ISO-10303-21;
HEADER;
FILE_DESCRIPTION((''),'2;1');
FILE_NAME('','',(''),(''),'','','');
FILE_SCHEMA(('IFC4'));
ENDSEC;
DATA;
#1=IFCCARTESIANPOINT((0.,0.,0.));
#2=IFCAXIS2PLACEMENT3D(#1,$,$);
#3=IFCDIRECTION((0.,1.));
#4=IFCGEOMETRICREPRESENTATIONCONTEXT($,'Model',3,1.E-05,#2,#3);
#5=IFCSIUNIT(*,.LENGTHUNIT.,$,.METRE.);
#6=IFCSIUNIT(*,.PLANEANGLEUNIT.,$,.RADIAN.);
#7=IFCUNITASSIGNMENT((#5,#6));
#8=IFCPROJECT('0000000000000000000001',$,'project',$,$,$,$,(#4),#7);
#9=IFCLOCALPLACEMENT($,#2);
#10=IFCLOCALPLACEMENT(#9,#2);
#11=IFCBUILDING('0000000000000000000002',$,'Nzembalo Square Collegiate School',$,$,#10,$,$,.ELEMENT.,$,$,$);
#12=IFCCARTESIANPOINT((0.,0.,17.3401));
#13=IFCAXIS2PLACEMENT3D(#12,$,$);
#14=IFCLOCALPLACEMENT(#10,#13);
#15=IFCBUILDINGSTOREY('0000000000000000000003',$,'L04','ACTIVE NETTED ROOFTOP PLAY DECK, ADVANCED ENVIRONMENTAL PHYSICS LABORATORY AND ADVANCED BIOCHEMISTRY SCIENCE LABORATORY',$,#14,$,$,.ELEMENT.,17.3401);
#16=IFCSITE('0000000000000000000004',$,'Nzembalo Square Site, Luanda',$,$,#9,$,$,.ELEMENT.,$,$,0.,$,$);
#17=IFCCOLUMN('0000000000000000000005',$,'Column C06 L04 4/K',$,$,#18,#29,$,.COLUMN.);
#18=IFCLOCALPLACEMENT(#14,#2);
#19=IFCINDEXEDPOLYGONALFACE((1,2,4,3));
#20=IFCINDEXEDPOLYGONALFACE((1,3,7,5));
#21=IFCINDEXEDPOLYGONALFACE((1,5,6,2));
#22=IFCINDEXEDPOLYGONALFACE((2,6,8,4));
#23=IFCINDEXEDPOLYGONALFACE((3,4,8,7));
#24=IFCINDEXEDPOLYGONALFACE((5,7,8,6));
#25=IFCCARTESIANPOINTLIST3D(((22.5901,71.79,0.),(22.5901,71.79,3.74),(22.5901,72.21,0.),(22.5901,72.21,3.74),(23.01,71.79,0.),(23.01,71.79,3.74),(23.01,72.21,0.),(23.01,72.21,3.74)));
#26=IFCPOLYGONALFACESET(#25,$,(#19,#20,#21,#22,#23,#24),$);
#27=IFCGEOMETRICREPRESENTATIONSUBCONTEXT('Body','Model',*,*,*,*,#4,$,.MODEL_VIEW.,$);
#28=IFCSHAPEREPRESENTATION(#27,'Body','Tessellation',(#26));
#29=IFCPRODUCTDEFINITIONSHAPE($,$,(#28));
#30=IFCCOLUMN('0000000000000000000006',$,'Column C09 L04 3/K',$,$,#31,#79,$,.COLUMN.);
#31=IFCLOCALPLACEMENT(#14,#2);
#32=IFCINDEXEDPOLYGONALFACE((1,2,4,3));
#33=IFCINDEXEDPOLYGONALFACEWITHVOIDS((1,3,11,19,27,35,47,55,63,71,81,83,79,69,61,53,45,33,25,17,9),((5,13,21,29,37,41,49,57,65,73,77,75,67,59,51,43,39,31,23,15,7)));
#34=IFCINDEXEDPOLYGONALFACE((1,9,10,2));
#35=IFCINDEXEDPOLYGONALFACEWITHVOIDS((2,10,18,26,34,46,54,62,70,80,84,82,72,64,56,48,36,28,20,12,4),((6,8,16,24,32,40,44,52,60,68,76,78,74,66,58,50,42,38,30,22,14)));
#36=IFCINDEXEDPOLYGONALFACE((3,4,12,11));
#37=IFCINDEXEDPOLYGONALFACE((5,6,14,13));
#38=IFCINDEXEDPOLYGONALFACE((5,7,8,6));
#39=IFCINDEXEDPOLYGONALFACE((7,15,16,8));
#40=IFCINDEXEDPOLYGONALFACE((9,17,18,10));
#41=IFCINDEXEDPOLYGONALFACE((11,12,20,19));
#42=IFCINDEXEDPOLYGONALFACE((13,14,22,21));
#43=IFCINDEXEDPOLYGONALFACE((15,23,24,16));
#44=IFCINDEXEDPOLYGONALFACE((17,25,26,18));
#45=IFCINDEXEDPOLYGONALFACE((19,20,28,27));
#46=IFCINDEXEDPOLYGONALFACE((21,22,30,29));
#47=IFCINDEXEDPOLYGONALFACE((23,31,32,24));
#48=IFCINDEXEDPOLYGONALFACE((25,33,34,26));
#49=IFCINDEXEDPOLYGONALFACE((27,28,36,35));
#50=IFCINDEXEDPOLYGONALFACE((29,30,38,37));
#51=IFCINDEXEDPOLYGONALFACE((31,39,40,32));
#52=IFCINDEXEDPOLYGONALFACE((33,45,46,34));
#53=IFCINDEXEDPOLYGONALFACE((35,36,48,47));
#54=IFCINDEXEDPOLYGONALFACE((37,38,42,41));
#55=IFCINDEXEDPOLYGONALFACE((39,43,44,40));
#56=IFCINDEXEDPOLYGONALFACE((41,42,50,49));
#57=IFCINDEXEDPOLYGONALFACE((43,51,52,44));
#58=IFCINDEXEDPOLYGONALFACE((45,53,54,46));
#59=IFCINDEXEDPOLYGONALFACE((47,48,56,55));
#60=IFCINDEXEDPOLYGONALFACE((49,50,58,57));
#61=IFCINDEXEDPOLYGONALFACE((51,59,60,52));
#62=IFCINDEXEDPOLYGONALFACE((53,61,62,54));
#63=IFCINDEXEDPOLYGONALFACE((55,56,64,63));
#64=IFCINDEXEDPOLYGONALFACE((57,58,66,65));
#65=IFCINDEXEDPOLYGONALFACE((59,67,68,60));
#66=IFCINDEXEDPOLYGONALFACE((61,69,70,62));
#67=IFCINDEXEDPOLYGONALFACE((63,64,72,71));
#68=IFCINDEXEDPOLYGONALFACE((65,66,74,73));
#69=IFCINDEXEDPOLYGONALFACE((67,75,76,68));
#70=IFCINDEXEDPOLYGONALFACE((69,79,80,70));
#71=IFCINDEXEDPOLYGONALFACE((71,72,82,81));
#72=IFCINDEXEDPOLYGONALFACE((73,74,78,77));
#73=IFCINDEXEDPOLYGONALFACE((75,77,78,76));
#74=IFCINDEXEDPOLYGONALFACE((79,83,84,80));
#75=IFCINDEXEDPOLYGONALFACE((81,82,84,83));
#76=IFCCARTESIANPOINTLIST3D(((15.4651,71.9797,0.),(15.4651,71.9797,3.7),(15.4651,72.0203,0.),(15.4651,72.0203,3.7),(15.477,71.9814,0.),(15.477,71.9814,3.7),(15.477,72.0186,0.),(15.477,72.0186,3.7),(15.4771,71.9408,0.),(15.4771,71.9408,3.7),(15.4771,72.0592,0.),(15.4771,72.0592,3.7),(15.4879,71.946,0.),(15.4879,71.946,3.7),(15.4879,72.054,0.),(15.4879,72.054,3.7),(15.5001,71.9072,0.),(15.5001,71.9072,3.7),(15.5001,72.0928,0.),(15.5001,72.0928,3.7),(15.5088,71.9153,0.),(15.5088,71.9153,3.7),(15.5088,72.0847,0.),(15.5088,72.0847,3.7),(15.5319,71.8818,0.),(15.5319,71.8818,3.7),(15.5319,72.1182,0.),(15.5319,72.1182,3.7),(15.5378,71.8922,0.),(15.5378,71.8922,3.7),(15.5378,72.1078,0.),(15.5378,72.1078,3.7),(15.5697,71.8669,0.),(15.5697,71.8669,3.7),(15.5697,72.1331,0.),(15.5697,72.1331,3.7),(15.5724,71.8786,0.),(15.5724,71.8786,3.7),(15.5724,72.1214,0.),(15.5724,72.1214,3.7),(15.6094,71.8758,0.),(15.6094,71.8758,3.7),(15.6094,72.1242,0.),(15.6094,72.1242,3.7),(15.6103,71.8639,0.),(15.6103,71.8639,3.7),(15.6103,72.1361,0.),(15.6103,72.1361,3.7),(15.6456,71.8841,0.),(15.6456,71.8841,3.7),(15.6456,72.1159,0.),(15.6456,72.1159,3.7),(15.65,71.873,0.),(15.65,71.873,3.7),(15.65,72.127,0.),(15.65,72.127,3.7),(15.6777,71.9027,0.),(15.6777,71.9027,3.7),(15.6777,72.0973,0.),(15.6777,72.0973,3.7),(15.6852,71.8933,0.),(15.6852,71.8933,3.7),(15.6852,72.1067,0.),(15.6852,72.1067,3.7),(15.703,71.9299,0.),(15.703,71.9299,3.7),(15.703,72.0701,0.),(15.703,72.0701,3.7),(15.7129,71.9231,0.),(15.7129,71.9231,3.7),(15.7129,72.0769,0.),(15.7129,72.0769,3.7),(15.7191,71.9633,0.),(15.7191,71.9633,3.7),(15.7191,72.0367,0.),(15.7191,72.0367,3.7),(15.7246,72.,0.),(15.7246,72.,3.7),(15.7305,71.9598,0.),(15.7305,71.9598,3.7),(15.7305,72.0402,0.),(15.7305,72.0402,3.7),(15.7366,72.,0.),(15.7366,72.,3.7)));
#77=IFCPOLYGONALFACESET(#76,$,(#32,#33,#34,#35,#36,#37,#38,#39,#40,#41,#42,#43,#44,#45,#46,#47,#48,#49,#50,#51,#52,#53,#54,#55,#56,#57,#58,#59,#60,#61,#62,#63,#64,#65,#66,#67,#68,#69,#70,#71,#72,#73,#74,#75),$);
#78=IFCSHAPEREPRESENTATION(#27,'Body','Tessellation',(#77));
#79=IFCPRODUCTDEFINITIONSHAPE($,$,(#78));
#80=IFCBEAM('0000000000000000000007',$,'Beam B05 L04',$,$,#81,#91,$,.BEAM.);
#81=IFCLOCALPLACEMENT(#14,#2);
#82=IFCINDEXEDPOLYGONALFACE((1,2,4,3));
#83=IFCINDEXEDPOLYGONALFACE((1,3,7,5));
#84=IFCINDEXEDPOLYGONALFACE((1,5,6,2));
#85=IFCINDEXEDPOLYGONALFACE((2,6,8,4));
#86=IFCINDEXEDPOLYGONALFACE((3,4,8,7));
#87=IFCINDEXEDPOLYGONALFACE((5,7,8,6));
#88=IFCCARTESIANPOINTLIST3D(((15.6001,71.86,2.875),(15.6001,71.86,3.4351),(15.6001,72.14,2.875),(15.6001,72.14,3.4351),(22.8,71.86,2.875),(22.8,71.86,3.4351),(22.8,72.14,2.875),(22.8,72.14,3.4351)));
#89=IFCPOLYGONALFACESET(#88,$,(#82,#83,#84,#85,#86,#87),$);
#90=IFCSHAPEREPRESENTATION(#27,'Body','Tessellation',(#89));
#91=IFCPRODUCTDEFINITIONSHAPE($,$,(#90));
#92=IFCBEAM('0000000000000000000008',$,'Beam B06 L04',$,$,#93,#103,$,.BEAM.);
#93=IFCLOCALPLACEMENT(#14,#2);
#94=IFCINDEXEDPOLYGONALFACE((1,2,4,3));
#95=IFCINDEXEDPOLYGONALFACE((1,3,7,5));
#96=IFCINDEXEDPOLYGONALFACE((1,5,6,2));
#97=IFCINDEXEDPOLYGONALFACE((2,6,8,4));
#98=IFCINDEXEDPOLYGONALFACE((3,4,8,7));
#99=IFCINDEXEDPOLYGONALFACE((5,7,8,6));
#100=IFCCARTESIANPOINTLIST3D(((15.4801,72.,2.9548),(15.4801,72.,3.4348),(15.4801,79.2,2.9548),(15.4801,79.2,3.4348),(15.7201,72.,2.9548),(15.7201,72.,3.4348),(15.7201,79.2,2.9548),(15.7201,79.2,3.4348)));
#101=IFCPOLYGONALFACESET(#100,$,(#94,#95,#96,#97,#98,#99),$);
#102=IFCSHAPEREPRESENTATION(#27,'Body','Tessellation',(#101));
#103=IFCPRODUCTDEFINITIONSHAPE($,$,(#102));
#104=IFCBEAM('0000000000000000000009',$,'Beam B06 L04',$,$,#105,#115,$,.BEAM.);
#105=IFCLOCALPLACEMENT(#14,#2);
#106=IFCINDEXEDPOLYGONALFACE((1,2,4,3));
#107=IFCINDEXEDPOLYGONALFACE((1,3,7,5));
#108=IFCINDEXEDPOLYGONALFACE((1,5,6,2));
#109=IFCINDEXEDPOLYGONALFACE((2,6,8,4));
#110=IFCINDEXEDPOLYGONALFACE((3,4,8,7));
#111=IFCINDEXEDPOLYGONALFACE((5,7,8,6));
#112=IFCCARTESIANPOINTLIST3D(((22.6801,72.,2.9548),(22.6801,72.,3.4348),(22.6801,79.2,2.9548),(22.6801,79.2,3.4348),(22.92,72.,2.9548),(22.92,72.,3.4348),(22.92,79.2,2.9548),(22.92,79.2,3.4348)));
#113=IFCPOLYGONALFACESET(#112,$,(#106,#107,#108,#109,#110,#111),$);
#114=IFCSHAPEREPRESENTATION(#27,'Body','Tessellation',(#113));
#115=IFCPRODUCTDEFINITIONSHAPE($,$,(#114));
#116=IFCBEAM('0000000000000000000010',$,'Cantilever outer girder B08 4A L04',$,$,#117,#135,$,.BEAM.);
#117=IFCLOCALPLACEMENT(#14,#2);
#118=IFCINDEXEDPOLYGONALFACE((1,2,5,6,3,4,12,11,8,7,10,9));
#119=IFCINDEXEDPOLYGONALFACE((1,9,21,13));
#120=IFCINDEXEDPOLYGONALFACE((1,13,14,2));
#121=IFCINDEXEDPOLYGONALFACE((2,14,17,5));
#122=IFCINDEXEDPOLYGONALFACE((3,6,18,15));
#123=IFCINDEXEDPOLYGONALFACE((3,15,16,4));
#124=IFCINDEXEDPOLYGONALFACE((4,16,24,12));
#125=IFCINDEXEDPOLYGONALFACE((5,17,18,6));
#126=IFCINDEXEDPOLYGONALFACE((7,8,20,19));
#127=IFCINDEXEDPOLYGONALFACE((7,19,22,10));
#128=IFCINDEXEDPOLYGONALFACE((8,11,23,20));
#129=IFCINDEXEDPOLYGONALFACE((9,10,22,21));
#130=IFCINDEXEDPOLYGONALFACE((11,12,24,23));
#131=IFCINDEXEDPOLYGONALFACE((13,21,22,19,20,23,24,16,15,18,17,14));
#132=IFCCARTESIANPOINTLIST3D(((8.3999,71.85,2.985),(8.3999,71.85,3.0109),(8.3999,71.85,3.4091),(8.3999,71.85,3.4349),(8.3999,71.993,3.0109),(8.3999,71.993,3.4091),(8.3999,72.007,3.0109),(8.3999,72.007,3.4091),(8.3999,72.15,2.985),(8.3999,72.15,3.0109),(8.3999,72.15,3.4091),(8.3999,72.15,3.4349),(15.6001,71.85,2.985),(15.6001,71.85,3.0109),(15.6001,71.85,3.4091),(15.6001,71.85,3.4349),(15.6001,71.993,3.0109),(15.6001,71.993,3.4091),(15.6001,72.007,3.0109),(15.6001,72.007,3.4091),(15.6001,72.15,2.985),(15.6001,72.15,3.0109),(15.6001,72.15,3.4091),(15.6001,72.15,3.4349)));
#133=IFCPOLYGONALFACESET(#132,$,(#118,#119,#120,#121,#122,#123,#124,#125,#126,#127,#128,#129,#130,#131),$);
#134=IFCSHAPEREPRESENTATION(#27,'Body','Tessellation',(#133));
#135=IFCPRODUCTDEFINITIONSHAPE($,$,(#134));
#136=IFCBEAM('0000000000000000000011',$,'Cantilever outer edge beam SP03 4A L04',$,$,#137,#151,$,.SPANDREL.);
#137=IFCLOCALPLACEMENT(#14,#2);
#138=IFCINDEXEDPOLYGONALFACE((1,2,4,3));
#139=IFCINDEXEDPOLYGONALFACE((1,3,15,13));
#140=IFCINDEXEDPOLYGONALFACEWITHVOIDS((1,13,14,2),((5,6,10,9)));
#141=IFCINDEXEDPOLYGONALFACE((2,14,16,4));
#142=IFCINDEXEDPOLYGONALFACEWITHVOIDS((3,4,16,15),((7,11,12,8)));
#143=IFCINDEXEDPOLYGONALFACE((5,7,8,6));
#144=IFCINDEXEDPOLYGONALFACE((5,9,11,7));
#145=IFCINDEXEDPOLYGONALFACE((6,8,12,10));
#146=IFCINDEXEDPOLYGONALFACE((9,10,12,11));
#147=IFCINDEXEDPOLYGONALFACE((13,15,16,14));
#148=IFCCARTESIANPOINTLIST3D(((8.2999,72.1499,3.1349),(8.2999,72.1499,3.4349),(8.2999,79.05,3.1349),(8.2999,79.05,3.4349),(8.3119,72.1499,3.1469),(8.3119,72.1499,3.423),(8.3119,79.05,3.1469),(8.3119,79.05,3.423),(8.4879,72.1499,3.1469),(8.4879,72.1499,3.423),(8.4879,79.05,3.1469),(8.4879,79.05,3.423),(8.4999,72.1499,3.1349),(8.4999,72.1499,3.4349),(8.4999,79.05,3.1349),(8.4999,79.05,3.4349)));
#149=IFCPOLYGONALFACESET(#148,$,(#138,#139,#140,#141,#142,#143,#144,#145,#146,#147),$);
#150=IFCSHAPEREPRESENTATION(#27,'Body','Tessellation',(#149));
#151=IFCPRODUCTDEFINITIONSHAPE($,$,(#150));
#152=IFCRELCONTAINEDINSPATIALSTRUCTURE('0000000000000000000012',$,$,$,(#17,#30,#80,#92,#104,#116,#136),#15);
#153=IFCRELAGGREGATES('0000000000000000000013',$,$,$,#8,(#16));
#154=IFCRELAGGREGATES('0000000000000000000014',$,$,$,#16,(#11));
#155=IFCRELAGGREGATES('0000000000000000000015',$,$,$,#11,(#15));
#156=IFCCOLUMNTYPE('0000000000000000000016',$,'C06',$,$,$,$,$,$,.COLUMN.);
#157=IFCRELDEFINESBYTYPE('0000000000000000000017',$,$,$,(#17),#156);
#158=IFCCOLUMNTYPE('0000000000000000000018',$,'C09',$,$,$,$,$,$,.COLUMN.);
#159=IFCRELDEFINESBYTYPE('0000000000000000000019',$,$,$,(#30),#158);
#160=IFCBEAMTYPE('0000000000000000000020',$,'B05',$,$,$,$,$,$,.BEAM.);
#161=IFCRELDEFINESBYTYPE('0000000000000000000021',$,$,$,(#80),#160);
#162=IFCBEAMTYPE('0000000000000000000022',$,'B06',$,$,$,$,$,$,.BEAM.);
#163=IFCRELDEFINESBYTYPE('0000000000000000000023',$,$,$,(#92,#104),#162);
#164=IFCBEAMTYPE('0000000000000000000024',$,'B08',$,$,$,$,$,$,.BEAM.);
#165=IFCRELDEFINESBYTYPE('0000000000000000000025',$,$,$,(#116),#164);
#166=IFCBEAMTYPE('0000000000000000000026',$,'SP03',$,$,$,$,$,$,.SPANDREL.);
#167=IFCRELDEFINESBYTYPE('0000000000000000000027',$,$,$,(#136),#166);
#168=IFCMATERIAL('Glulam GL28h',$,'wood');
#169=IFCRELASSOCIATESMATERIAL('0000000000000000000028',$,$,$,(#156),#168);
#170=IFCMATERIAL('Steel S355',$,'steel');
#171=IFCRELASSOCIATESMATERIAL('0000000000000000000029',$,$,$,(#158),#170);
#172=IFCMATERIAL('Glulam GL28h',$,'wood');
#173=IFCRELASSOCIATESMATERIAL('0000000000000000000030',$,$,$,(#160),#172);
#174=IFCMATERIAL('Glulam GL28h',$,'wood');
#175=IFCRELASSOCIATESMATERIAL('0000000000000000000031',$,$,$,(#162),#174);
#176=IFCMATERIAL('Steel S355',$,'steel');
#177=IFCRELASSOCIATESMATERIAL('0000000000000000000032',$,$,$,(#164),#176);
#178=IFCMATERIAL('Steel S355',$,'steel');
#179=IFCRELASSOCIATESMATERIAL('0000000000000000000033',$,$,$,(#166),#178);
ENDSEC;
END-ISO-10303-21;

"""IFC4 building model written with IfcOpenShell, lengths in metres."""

from ifc_helpers import new_model, si_unit, direction, frame, origin, origin_2d, place, context, subcontext, project, spatial, rectangle, hollow_rectangle, hollow_circle, i_section, extrude, material, material_profile, profile_set, type_object, element, save


model = new_model("IFC4")

# Units and contexts
model_context = context("Model", 3, precision=1e-05, world=origin(), true_north=direction((0.0, 1.0)))
body_context = subcontext(model_context, "Body", "Model", "MODEL_VIEW")
ifc_project = project(units=[si_unit("LENGTHUNIT", "METRE"), si_unit("PLANEANGLEUNIT", "RADIAN")], contexts=[model_context])

# Site, building, storey
site_placement = place(None, origin())
site = spatial("IfcSite", under=ifc_project, at=site_placement, Name="Nzembalo Square Site, Luanda", CompositionType="ELEMENT", RefElevation=0.0)
building_placement = place(site_placement, origin())
building = spatial("IfcBuilding", under=site, at=building_placement, Name="Nzembalo Square Collegiate School", CompositionType="ELEMENT")
storey_placement = place(building_placement, frame((0.0, 0.0, 17.3401)))
storey = spatial("IfcBuildingStorey", under=building, at=storey_placement, Name="L04", Description="ACTIVE NETTED ROOFTOP PLAY DECK, ADVANCED ENVIRONMENTAL PHYSICS LABORATORY AND ADVANCED BIOCHEMISTRY SCIENCE LABORATORY", CompositionType="ELEMENT", Elevation=17.3401)

# Columns
ifc_material_1 = material(Name="Glulam GL28h", Category="wood")
ifc_material_profile_1 = material_profile(ifc_material_1, rectangle(XDim=0.4199, YDim=0.4199, at=origin_2d()), Name="GL28h 420x420")
ifc_profile_set_1 = profile_set([ifc_material_profile_1], Name="Glulam GL28h")
column_type_1 = type_object("IfcColumnType", Name="C06", PredefinedType="COLUMN", material=ifc_profile_set_1)
column_1_placement = place(storey_placement, frame((22.8, 72.0, 0.0), z_axis=(0.0, 0.0, 1.0), x_axis=(1.0, 0.0, 0.0)))
element("IfcColumn", 1, at=column_1_placement, inside=storey, type_object=column_type_1, Name="Column C06 L04 4/K", PredefinedType="COLUMN", context=body_context, shape_type="SweptSolid", body=[
    extrude(rectangle(XDim=0.4199, YDim=0.4199, at=origin_2d()), origin(), (0.0, 0.0, 1.0), 3.74),
])
ifc_material_2 = material(Name="Steel S355", Category="steel")
ifc_material_profile_2 = material_profile(ifc_material_2, hollow_circle(Radius=0.1365, WallThickness=0.012, at=origin_2d()), Name="CHS 273x12")
ifc_profile_set_2 = profile_set([ifc_material_profile_2], Name="Steel S355")
column_type_2 = type_object("IfcColumnType", Name="C09", PredefinedType="COLUMN", material=ifc_profile_set_2)
column_2_placement = place(storey_placement, frame((15.6001, 72.0, 0.0), z_axis=(0.0, 0.0, 1.0), x_axis=(1.0, 0.0, 0.0)))
element("IfcColumn", 2, at=column_2_placement, inside=storey, type_object=column_type_2, Name="Column C09 L04 3/K", PredefinedType="COLUMN", context=body_context, shape_type="SweptSolid", body=[
    extrude(hollow_circle(Radius=0.1365, WallThickness=0.012, at=origin_2d()), origin(), (0.0, 0.0, 1.0), 3.7),
])

# Beams
ifc_material_3 = material(Name="Glulam GL28h", Category="wood")
ifc_material_profile_3 = material_profile(ifc_material_3, rectangle(XDim=0.28, YDim=0.5601, at=origin_2d()), Name="GL28h 280x560")
ifc_profile_set_3 = profile_set([ifc_material_profile_3], Name="Glulam GL28h")
beam_type_1 = type_object("IfcBeamType", Name="B05", PredefinedType="BEAM", material=ifc_profile_set_3)
beam_1_placement = place(storey_placement, frame((15.6001, 72.0, 3.155), z_axis=(1.0, 0.0, 0.0), x_axis=(0.0, 1.0, 0.0)))
element("IfcBeam", 3, at=beam_1_placement, inside=storey, type_object=beam_type_1, Name="Beam B05 L04", PredefinedType="BEAM", context=body_context, shape_type="SweptSolid", body=[
    extrude(rectangle(XDim=0.28, YDim=0.5601, at=origin_2d()), origin(), (0.0, 0.0, 1.0), 7.2),
])
ifc_material_4 = material(Name="Glulam GL28h", Category="wood")
ifc_material_profile_4 = material_profile(ifc_material_4, rectangle(XDim=0.24, YDim=0.48, at=origin_2d()), Name="GL28h 240x480")
ifc_profile_set_4 = profile_set([ifc_material_profile_4], Name="Glulam GL28h")
beam_type_2 = type_object("IfcBeamType", Name="B06", PredefinedType="BEAM", material=ifc_profile_set_4)
for number, where, z_axis, x_axis, name in (
    (4, (15.6001, 72.0, 3.1948), (0.0, 1.0, 0.0), (-1.0, 0.0, 0.0), "Beam B06 L04"),
    (5, (22.8, 72.0, 3.1948), (0.0, 1.0, 0.0), (-1.0, 0.0, 0.0), "Beam B06 L04"),
):
    element("IfcBeam", number, at=place(storey_placement, frame(where, z_axis=z_axis, x_axis=x_axis)), inside=storey, type_object=beam_type_2, Name=name, PredefinedType="BEAM", context=body_context, shape_type="SweptSolid", body=[
        extrude(rectangle(XDim=0.24, YDim=0.48, at=origin_2d()), origin(), (0.0, 0.0, 1.0), 7.2),
    ])
ifc_material_5 = material(Name="Steel S355", Category="steel")
ifc_material_profile_5 = material_profile(ifc_material_5, i_section(OverallWidth=0.3, OverallDepth=0.45, WebThickness=0.0139, FlangeThickness=0.0259, at=origin_2d()), Name="HEB 450")
ifc_profile_set_5 = profile_set([ifc_material_profile_5], Name="Steel S355")
beam_type_3 = type_object("IfcBeamType", Name="B08", PredefinedType="BEAM", material=ifc_profile_set_5)
beam_2_placement = place(storey_placement, frame((8.3999, 72.0, 3.21), z_axis=(1.0, 0.0, 0.0), x_axis=(0.0, 1.0, 0.0)))
element("IfcBeam", 6, at=beam_2_placement, inside=storey, type_object=beam_type_3, Name="Cantilever outer girder B08 4A L04", PredefinedType="BEAM", context=body_context, shape_type="SweptSolid", body=[
    extrude(i_section(OverallWidth=0.3, OverallDepth=0.45, WebThickness=0.0139, FlangeThickness=0.0259, at=origin_2d()), origin(), (0.0, 0.0, 1.0), 7.2002),
])
ifc_material_6 = material(Name="Steel S355", Category="steel")
ifc_material_profile_6 = material_profile(ifc_material_6, hollow_rectangle(XDim=0.2, YDim=0.3, WallThickness=0.012, at=origin_2d()), Name="RHS 300x200x12")
ifc_profile_set_6 = profile_set([ifc_material_profile_6], Name="Steel S355")
beam_type_4 = type_object("IfcBeamType", Name="SP03", PredefinedType="SPANDREL", material=ifc_profile_set_6)
beam_3_placement = place(storey_placement, frame((8.3999, 72.1499, 3.2849), z_axis=(0.0, 1.0, 0.0), x_axis=(-1.0, 0.0, 0.0)))
element("IfcBeam", 7, at=beam_3_placement, inside=storey, type_object=beam_type_4, Name="Cantilever outer edge beam SP03 4A L04", PredefinedType="SPANDREL", context=body_context, shape_type="SweptSolid", body=[
    extrude(hollow_rectangle(XDim=0.2, YDim=0.3, WallThickness=0.012, at=origin_2d()), origin(), (0.0, 0.0, 1.0), 6.9001),
])

save(model, "model.ifc")
